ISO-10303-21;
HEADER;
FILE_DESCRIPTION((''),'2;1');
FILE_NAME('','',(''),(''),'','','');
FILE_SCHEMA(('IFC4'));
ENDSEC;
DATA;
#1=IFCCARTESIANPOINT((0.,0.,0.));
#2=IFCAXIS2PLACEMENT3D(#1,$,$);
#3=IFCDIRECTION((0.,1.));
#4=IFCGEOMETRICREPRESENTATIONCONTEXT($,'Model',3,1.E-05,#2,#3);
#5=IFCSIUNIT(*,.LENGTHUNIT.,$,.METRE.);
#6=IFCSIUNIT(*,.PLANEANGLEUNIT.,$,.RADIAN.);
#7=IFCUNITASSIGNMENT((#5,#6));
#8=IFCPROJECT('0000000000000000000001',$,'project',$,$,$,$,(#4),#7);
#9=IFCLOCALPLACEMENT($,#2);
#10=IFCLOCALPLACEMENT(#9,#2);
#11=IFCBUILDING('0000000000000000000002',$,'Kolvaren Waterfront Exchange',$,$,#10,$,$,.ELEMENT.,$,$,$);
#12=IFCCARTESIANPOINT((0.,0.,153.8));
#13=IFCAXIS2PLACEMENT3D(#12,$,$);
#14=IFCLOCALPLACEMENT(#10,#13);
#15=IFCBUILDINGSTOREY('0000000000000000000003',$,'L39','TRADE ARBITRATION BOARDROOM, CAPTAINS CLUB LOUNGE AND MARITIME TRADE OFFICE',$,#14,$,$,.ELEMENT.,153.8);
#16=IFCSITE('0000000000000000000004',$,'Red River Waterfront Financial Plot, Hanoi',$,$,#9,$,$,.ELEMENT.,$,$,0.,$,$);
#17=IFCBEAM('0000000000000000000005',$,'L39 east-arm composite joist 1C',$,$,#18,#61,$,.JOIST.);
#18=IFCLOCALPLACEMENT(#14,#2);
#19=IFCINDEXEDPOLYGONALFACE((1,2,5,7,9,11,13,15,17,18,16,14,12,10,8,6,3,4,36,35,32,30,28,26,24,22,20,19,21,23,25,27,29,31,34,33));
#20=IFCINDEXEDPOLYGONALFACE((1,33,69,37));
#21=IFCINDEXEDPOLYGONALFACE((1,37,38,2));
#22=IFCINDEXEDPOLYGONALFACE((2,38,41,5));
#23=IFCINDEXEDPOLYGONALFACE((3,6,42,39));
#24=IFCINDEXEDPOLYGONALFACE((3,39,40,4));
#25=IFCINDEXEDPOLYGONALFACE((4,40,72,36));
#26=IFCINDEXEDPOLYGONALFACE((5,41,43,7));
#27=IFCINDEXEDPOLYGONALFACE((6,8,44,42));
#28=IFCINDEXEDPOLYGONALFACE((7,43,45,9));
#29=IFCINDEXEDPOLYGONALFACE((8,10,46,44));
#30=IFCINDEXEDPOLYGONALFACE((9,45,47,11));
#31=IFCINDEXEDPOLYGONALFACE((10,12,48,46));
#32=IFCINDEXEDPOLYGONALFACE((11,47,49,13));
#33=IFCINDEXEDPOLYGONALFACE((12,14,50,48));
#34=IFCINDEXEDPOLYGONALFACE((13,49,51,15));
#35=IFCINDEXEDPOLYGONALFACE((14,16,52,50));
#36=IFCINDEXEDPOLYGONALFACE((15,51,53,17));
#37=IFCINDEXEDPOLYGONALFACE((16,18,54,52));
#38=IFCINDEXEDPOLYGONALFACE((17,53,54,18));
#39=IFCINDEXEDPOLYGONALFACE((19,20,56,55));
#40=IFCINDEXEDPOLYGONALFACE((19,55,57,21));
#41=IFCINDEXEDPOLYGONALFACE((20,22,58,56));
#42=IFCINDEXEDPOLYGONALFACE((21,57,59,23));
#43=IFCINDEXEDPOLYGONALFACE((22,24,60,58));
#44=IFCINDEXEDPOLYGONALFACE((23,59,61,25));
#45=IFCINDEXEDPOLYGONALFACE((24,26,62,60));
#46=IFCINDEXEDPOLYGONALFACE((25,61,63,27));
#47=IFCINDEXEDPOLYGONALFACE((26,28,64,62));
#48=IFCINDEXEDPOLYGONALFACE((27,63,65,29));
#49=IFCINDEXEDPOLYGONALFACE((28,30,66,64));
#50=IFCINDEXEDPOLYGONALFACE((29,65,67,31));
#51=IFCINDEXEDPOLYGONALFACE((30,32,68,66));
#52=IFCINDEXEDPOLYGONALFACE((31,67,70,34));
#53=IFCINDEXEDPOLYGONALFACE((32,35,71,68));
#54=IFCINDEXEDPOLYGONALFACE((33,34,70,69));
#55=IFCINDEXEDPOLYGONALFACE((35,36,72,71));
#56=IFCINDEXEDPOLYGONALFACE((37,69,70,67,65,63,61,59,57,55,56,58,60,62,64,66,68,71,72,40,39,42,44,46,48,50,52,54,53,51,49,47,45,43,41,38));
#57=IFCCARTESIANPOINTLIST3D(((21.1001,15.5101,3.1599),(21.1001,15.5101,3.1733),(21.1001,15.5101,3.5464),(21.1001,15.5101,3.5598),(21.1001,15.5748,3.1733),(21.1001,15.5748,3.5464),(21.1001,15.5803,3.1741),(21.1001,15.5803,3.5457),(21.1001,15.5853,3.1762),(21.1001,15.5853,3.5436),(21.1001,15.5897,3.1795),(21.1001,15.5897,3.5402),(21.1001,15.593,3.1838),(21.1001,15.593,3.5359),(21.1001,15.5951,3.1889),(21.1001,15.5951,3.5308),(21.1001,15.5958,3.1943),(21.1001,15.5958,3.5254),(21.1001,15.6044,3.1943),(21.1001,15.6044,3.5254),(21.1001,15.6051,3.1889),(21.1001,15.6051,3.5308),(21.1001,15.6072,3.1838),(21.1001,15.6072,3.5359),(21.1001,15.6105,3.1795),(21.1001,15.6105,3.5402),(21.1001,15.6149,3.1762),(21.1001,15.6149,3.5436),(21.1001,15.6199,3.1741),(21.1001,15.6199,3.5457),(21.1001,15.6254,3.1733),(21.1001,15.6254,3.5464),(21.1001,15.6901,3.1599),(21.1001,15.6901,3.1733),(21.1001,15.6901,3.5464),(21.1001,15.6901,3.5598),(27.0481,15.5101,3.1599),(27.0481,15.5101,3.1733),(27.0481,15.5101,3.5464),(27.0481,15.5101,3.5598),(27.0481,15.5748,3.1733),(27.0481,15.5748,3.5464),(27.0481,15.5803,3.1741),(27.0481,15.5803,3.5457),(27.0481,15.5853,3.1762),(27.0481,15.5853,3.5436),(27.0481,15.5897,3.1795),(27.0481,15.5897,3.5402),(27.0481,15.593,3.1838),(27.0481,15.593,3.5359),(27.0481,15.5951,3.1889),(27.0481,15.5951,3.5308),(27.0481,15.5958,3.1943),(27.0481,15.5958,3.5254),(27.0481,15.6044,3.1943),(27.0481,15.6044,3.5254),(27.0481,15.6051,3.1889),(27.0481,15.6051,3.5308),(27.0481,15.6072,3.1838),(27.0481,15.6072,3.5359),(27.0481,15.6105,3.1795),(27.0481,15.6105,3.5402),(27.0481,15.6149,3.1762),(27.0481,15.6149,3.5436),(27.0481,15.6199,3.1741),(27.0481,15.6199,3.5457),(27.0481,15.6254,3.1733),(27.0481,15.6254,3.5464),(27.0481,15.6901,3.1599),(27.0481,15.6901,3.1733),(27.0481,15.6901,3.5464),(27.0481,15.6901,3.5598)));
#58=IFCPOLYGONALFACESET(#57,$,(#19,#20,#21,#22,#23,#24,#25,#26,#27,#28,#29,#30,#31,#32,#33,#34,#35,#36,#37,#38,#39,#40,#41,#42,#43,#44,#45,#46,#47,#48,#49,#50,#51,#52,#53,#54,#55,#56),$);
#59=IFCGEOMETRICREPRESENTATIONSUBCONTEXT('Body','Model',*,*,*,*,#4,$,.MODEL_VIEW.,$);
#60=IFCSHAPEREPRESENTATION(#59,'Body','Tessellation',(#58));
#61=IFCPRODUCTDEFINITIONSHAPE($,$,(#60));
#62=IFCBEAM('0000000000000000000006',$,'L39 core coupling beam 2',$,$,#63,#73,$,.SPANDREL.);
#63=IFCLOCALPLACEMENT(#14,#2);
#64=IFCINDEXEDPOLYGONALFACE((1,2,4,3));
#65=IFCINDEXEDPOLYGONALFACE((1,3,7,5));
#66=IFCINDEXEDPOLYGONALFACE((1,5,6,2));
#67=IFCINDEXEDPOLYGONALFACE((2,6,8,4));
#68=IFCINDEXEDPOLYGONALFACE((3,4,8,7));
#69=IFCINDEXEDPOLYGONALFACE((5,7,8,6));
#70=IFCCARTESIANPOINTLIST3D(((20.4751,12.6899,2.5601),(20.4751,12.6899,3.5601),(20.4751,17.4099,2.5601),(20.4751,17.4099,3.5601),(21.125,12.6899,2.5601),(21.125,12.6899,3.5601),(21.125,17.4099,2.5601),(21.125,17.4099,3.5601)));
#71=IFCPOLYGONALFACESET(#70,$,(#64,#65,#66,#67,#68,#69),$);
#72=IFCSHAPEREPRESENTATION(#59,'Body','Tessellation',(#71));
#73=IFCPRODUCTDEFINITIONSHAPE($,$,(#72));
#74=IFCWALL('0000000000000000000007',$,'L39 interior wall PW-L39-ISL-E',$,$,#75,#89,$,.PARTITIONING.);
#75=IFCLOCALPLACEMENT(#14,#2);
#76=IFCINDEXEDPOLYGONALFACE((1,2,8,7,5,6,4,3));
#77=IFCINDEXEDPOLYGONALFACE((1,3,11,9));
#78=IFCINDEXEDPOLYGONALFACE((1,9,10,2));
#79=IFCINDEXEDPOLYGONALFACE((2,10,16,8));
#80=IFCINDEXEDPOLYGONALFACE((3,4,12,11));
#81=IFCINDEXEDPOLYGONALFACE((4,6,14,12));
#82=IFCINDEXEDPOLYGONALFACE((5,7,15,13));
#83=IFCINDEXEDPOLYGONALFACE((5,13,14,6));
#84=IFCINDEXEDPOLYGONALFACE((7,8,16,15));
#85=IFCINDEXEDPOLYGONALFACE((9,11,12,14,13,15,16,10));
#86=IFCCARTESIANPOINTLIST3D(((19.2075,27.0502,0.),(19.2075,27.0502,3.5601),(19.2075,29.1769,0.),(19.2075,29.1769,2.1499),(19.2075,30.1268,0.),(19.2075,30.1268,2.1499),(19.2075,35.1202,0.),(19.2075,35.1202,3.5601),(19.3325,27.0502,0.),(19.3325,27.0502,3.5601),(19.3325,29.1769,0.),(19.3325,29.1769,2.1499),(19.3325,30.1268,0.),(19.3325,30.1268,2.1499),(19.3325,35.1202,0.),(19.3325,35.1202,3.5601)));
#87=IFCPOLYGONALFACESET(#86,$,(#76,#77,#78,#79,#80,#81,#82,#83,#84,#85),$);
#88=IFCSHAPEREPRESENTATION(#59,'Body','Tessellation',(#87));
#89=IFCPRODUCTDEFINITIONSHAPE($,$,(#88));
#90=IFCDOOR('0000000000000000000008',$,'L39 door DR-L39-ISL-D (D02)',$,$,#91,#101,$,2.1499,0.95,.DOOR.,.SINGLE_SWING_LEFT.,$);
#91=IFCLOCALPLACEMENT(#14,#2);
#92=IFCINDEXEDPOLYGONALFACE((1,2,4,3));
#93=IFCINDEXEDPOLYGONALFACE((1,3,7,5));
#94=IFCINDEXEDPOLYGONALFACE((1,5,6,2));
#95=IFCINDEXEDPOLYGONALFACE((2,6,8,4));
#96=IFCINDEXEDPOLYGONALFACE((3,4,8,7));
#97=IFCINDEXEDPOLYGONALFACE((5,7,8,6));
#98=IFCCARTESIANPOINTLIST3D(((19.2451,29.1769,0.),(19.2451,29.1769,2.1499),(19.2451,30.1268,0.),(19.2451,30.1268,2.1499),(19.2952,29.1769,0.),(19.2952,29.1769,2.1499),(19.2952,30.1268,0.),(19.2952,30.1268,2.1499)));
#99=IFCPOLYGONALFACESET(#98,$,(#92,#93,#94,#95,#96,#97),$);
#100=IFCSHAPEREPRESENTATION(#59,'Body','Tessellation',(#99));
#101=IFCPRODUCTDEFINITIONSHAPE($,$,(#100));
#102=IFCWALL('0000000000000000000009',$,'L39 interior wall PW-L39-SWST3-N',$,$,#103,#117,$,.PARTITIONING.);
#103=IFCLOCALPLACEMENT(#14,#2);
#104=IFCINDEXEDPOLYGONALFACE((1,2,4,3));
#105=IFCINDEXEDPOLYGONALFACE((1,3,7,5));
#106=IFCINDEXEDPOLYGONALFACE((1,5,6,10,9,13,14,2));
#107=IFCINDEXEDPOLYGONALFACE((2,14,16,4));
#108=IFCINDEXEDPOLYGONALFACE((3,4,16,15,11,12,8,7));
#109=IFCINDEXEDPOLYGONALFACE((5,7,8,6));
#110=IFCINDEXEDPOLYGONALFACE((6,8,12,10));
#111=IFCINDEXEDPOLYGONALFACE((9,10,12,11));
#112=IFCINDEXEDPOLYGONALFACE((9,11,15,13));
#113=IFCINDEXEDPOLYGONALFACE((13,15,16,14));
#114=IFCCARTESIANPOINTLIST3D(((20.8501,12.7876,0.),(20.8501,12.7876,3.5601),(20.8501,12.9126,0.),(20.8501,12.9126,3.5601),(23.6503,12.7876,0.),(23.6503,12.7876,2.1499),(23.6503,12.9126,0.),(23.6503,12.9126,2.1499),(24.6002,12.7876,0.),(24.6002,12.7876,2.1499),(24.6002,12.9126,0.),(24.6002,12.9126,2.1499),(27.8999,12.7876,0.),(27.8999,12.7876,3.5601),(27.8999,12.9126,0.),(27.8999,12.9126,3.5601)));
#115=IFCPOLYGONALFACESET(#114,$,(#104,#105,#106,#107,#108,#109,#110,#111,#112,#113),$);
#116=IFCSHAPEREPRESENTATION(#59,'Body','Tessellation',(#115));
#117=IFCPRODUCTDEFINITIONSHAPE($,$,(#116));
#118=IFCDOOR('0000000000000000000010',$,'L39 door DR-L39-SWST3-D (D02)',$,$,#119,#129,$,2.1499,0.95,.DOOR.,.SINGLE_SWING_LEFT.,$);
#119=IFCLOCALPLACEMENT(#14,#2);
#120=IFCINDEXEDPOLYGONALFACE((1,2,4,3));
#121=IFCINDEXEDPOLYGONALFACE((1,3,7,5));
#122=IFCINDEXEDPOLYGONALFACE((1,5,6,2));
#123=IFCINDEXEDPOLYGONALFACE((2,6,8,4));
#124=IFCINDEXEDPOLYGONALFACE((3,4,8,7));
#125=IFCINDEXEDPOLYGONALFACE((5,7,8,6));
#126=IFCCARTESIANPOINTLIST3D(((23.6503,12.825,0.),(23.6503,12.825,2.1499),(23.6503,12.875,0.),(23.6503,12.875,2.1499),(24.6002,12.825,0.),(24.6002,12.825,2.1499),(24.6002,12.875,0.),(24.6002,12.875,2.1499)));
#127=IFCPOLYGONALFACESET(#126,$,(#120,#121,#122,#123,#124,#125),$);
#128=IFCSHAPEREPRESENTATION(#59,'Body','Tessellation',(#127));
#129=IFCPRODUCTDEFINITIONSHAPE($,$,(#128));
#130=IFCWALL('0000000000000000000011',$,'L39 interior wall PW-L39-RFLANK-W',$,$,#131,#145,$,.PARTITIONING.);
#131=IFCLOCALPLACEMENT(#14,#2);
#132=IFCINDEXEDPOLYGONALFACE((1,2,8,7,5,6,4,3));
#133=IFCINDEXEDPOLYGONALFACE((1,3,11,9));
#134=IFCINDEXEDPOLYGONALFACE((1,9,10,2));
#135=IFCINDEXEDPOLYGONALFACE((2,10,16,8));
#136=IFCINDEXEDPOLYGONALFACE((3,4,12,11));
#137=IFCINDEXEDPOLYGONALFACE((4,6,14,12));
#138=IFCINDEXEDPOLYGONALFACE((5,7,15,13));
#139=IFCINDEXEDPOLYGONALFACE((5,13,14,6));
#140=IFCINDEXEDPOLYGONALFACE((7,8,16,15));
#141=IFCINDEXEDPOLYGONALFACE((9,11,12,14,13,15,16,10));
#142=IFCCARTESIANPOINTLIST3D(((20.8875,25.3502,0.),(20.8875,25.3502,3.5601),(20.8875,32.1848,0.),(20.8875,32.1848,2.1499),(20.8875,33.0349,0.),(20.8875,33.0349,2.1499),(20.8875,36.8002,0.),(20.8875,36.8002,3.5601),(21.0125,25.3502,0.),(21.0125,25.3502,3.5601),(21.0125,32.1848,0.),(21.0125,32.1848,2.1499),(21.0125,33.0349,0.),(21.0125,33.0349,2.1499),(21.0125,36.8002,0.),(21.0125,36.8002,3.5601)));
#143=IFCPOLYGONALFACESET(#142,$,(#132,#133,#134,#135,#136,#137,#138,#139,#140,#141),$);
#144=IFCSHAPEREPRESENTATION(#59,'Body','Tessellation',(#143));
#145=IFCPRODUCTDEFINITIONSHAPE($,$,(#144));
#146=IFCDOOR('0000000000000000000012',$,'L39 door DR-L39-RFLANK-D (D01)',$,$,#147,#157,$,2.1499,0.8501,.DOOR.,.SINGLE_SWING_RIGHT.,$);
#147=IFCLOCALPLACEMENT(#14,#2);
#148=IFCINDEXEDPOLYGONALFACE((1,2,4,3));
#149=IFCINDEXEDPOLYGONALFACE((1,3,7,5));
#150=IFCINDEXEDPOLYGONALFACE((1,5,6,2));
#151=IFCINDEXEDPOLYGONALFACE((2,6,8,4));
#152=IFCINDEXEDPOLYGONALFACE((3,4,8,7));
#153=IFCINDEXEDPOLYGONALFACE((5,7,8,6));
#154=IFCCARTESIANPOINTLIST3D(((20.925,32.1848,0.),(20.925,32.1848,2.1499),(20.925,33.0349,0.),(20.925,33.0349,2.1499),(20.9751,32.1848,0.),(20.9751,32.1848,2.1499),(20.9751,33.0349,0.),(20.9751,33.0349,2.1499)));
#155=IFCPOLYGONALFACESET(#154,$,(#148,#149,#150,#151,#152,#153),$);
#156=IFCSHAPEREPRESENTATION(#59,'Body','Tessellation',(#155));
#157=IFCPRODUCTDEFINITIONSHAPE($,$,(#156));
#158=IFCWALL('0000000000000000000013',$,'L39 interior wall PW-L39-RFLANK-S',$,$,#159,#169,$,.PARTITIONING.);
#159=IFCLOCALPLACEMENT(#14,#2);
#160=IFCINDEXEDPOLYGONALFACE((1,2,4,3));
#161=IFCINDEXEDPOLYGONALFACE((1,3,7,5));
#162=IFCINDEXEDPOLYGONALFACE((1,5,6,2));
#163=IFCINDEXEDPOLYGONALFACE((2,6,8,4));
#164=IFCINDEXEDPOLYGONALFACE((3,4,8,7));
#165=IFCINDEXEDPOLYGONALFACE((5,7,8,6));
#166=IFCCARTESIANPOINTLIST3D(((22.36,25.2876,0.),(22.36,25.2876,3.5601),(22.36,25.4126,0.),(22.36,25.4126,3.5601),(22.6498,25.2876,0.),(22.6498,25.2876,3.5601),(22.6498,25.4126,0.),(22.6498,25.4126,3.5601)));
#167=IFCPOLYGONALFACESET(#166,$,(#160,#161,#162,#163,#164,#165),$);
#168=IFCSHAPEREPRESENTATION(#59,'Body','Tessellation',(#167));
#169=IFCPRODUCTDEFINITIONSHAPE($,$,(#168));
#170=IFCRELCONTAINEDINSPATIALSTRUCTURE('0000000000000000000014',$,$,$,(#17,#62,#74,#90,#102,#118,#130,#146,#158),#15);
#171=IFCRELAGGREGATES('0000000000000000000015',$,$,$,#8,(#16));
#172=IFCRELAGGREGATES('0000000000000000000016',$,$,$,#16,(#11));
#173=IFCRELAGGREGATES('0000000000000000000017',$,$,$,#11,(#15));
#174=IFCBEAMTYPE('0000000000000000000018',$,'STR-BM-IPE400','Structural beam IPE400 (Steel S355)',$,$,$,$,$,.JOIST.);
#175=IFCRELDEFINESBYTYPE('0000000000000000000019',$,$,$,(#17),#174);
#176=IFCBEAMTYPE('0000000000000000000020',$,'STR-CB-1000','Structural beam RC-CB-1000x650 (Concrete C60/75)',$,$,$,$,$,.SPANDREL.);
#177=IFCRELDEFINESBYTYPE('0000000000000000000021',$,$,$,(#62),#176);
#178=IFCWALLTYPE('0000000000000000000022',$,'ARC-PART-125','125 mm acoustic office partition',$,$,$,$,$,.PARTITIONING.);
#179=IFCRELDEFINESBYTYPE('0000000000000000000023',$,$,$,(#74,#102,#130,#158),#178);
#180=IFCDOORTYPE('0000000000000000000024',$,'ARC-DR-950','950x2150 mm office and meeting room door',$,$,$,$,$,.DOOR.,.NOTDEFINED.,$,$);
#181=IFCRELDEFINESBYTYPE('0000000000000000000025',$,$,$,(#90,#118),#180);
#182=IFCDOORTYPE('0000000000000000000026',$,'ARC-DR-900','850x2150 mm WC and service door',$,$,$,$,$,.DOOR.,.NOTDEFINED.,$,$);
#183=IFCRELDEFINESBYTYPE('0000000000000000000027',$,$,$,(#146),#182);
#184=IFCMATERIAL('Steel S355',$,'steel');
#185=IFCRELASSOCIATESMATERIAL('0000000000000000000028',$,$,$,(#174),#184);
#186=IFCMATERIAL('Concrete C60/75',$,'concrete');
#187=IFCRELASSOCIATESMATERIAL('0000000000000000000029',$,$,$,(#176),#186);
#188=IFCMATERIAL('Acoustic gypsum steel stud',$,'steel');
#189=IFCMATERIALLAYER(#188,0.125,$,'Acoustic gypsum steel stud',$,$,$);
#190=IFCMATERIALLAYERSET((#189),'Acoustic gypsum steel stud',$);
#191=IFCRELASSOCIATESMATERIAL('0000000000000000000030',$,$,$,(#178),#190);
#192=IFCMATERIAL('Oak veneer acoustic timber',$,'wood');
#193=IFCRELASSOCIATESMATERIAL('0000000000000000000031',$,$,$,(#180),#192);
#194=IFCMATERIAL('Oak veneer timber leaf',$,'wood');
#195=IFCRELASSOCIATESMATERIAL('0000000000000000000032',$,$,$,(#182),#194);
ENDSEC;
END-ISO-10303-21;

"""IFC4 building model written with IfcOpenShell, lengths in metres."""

from ifc_helpers import new_model, si_unit, direction, frame, frame_2d, origin, origin_2d, place, context, subcontext, project, spatial, rectangle, i_section, extrude, material, layer, layer_set, material_profile, profile_set, type_object, element, fill, save


model = new_model("IFC4")

# Units and contexts
model_context = context("Model", 3, precision=1e-05, world=origin(), true_north=direction((0.0, 1.0)))
body_context = subcontext(model_context, "Body", "Model", "MODEL_VIEW")
ifc_project = project(units=[si_unit("LENGTHUNIT", "METRE"), si_unit("PLANEANGLEUNIT", "RADIAN")], contexts=[model_context])

# Site, building, storey
site_placement = place(None, origin())
site = spatial("IfcSite", under=ifc_project, at=site_placement, Name="Red River Waterfront Financial Plot, Hanoi", CompositionType="ELEMENT", RefElevation=0.0)
building_placement = place(site_placement, origin())
building = spatial("IfcBuilding", under=site, at=building_placement, Name="Kolvaren Waterfront Exchange", CompositionType="ELEMENT")
storey_placement = place(building_placement, frame((0.0, 0.0, 153.8)))
storey = spatial("IfcBuildingStorey", under=building, at=storey_placement, Name="L39", Description="TRADE ARBITRATION BOARDROOM, CAPTAINS CLUB LOUNGE AND MARITIME TRADE OFFICE", CompositionType="ELEMENT", Elevation=153.8)

# Shared definitions
ifc_material_1 = material(Name="Concrete C60/75", Category="concrete")

# Beams
ifc_material_2 = material(Name="Steel S355", Category="steel")
ifc_material_profile_1 = material_profile(ifc_material_2, i_section(OverallWidth=0.1799, OverallDepth=0.3999, WebThickness=0.0085, FlangeThickness=0.0134, FilletRadius=0.021, at=origin_2d()), Name="IPE400")
ifc_profile_set_1 = profile_set([ifc_material_profile_1], Name="Steel S355")
beam_type_1 = type_object("IfcBeamType", Name="STR-BM-IPE400", Description="Structural beam IPE400 (Steel S355)", PredefinedType="JOIST", material=ifc_profile_set_1)
for number, where, z_axis, x_axis, name in (
    (1, (21.1001, 15.6001, 3.3599), (1.0, 0.0, 0.0), (0.0, 1.0, 0.0), "L39 east-arm composite joist 1C"),
):
    element("IfcBeam", number, at=place(storey_placement, frame(where, z_axis=z_axis, x_axis=x_axis)), inside=storey, type_object=beam_type_1, Name=name, PredefinedType="JOIST", context=body_context, shape_type="SweptSolid", body=[
        extrude(i_section(OverallWidth=0.1799, OverallDepth=0.3999, WebThickness=0.0085, FlangeThickness=0.0134, FilletRadius=0.021, at=origin_2d()), origin(), (0.0, 0.0, 1.0), 5.948),
    ])
ifc_material_profile_2 = material_profile(ifc_material_1, rectangle(XDim=0.6499, YDim=1.0, at=origin_2d()), Name="RC-CB-1000x650")
ifc_profile_set_2 = profile_set([ifc_material_profile_2], Name="Concrete C60/75")
beam_type_2 = type_object("IfcBeamType", Name="STR-CB-1000", Description="Structural beam RC-CB-1000x650 (Concrete C60/75)", PredefinedType="SPANDREL", material=ifc_profile_set_2)
beam_1_placement = place(storey_placement, frame((20.8, 12.6899, 3.0601), z_axis=(0.0, 1.0, 0.0), x_axis=(-1.0, 0.0, 0.0)))
element("IfcBeam", 2, at=beam_1_placement, inside=storey, type_object=beam_type_2, Name="L39 core coupling beam 2", PredefinedType="SPANDREL", context=body_context, shape_type="SweptSolid", body=[
    extrude(rectangle(XDim=0.6499, YDim=1.0, at=origin_2d()), origin(), (0.0, 0.0, 1.0), 4.72),
])

# Walls, openings, doors
ifc_material_3 = material(Name="Acoustic gypsum steel stud", Category="steel")
ifc_layer_1 = layer(ifc_material_3, 0.125, Name="Acoustic gypsum steel stud")
ifc_layer_set_1 = layer_set([ifc_layer_1], Name="Acoustic gypsum steel stud")
wall_type_1 = type_object("IfcWallType", Name="ARC-PART-125", Description="125 mm acoustic office partition", PredefinedType="PARTITIONING", material=ifc_layer_set_1)
wall_1_placement = place(storey_placement, frame((19.27, 27.05, 0.0), z_axis=(0.0, 0.0, 1.0), x_axis=(0.0, 1.0, 0.0)))
wall_1 = element("IfcWall", 3, at=wall_1_placement, inside=storey, type_object=wall_type_1, Name="L39 interior wall PW-L39-ISL-E", PredefinedType="PARTITIONING", context=body_context, shape_type="SweptSolid", body=[
    extrude(rectangle(XDim=8.0701, YDim=0.125, at=frame_2d((4.0352, 0.0))), origin(), (0.0, 0.0, 1.0), 3.5601),
])
opening_1_placement = place(wall_1_placement, frame((2.1267, 0.0, 0.0)))
opening_1 = element("IfcOpeningElement", 4, at=opening_1_placement, cuts=wall_1, PredefinedType="OPENING", context=body_context, shape_type="SweptSolid", body=[
    extrude(rectangle(XDim=0.95, YDim=2.1499, at=frame_2d((0.4751, 1.075))), frame((0.0, 0.0725, 0.0), z_axis=(0.0, -1.0, 0.0), x_axis=(1.0, 0.0, 0.0)), (0.0, 0.0, 1.0), 0.145),
])
ifc_material_4 = material(Name="Oak veneer acoustic timber", Category="wood")
door_type_1 = type_object("IfcDoorType", Name="ARC-DR-950", Description="950x2150 mm office and meeting room door", OperationType="NOTDEFINED", PredefinedType="DOOR", material=ifc_material_4)
door_1_placement = place(opening_1_placement, origin())
door_1 = element("IfcDoor", 5, at=door_1_placement, inside=storey, type_object=door_type_1, Name="L39 door DR-L39-ISL-D (D02)", OperationType="SINGLE_SWING_LEFT", OverallHeight=2.1499, OverallWidth=0.95, PredefinedType="DOOR", context=body_context, shape_type="SweptSolid", body=[
    extrude(rectangle(XDim=0.95, YDim=2.1499, at=frame_2d((0.4751, 1.075))), frame((0.0, 0.0249, 0.0), z_axis=(0.0, -1.0, 0.0), x_axis=(1.0, 0.0, 0.0)), (0.0, 0.0, 1.0), 0.05),
])
fill(opening_1, door_1)
wall_2_placement = place(storey_placement, frame((20.8501, 12.8501, 0.0), z_axis=(0.0, 0.0, 1.0), x_axis=(1.0, 0.0, 0.0)))
wall_2 = element("IfcWall", 6, at=wall_2_placement, inside=storey, type_object=wall_type_1, Name="L39 interior wall PW-L39-SWST3-N", PredefinedType="PARTITIONING", context=body_context, shape_type="SweptSolid", body=[
    extrude(rectangle(XDim=7.0498, YDim=0.125, at=frame_2d((3.5249, 0.0))), origin(), (0.0, 0.0, 1.0), 3.5601),
])
opening_2_placement = place(wall_2_placement, frame((2.8, 0.0, 0.0)))
opening_2 = element("IfcOpeningElement", 7, at=opening_2_placement, cuts=wall_2, PredefinedType="OPENING", context=body_context, shape_type="SweptSolid", body=[
    extrude(rectangle(XDim=0.95, YDim=2.1499, at=frame_2d((0.4751, 1.075))), frame((0.0, 0.0725, 0.0), z_axis=(0.0, -1.0, 0.0), x_axis=(1.0, 0.0, 0.0)), (0.0, 0.0, 1.0), 0.145),
])
door_2_placement = place(opening_2_placement, origin())
door_2 = element("IfcDoor", 8, at=door_2_placement, inside=storey, type_object=door_type_1, Name="L39 door DR-L39-SWST3-D (D02)", OperationType="SINGLE_SWING_LEFT", OverallHeight=2.1499, OverallWidth=0.95, PredefinedType="DOOR", context=body_context, shape_type="SweptSolid", body=[
    extrude(rectangle(XDim=0.95, YDim=2.1499, at=frame_2d((0.4751, 1.075))), frame((0.0, 0.0249, 0.0), z_axis=(0.0, -1.0, 0.0), x_axis=(1.0, 0.0, 0.0)), (0.0, 0.0, 1.0), 0.05),
])
fill(opening_2, door_2)
wall_3_placement = place(storey_placement, frame((20.95, 25.3501, 0.0), z_axis=(0.0, 0.0, 1.0), x_axis=(0.0, 1.0, 0.0)))
wall_3 = element("IfcWall", 9, at=wall_3_placement, inside=storey, type_object=wall_type_1, Name="L39 interior wall PW-L39-RFLANK-W", PredefinedType="PARTITIONING", context=body_context, shape_type="SweptSolid", body=[
    extrude(rectangle(XDim=11.45, YDim=0.125, at=frame_2d((5.7251, 0.0))), origin(), (0.0, 0.0, 1.0), 3.5601),
])
opening_3_placement = place(wall_3_placement, frame((6.8347, 0.0, 0.0)))
opening_3 = element("IfcOpeningElement", 10, at=opening_3_placement, cuts=wall_3, PredefinedType="OPENING", context=body_context, shape_type="SweptSolid", body=[
    extrude(rectangle(XDim=0.8501, YDim=2.1499, at=frame_2d((0.425, 1.075))), frame((0.0, 0.0725, 0.0), z_axis=(0.0, -1.0, 0.0), x_axis=(1.0, 0.0, 0.0)), (0.0, 0.0, 1.0), 0.145),
])
ifc_material_5 = material(Name="Oak veneer timber leaf", Category="wood")
door_type_2 = type_object("IfcDoorType", Name="ARC-DR-900", Description="850x2150 mm WC and service door", OperationType="NOTDEFINED", PredefinedType="DOOR", material=ifc_material_5)
door_3_placement = place(opening_3_placement, origin())
door_3 = element("IfcDoor", 11, at=door_3_placement, inside=storey, type_object=door_type_2, Name="L39 door DR-L39-RFLANK-D (D01)", OperationType="SINGLE_SWING_RIGHT", OverallHeight=2.1499, OverallWidth=0.8501, PredefinedType="DOOR", context=body_context, shape_type="SweptSolid", body=[
    extrude(rectangle(XDim=0.8501, YDim=2.1499, at=frame_2d((0.425, 1.075))), frame((0.0, 0.0249, 0.0), z_axis=(0.0, -1.0, 0.0), x_axis=(1.0, 0.0, 0.0)), (0.0, 0.0, 1.0), 0.05),
])
fill(opening_3, door_3)

# Wall
wall_4_placement = place(storey_placement, frame((22.6499, 25.3501, 0.0), z_axis=(0.0, 0.0, 1.0), x_axis=(-1.0, 0.0, 0.0)))
element("IfcWall", 12, at=wall_4_placement, inside=storey, type_object=wall_type_1, Name="L39 interior wall PW-L39-RFLANK-S", PredefinedType="PARTITIONING", context=body_context, shape_type="SweptSolid", body=[
    extrude(rectangle(XDim=0.2898, YDim=0.125, at=frame_2d((0.145, 0.0))), origin(), (0.0, 0.0, 1.0), 3.5601),
])

save(model, "model.ifc")
